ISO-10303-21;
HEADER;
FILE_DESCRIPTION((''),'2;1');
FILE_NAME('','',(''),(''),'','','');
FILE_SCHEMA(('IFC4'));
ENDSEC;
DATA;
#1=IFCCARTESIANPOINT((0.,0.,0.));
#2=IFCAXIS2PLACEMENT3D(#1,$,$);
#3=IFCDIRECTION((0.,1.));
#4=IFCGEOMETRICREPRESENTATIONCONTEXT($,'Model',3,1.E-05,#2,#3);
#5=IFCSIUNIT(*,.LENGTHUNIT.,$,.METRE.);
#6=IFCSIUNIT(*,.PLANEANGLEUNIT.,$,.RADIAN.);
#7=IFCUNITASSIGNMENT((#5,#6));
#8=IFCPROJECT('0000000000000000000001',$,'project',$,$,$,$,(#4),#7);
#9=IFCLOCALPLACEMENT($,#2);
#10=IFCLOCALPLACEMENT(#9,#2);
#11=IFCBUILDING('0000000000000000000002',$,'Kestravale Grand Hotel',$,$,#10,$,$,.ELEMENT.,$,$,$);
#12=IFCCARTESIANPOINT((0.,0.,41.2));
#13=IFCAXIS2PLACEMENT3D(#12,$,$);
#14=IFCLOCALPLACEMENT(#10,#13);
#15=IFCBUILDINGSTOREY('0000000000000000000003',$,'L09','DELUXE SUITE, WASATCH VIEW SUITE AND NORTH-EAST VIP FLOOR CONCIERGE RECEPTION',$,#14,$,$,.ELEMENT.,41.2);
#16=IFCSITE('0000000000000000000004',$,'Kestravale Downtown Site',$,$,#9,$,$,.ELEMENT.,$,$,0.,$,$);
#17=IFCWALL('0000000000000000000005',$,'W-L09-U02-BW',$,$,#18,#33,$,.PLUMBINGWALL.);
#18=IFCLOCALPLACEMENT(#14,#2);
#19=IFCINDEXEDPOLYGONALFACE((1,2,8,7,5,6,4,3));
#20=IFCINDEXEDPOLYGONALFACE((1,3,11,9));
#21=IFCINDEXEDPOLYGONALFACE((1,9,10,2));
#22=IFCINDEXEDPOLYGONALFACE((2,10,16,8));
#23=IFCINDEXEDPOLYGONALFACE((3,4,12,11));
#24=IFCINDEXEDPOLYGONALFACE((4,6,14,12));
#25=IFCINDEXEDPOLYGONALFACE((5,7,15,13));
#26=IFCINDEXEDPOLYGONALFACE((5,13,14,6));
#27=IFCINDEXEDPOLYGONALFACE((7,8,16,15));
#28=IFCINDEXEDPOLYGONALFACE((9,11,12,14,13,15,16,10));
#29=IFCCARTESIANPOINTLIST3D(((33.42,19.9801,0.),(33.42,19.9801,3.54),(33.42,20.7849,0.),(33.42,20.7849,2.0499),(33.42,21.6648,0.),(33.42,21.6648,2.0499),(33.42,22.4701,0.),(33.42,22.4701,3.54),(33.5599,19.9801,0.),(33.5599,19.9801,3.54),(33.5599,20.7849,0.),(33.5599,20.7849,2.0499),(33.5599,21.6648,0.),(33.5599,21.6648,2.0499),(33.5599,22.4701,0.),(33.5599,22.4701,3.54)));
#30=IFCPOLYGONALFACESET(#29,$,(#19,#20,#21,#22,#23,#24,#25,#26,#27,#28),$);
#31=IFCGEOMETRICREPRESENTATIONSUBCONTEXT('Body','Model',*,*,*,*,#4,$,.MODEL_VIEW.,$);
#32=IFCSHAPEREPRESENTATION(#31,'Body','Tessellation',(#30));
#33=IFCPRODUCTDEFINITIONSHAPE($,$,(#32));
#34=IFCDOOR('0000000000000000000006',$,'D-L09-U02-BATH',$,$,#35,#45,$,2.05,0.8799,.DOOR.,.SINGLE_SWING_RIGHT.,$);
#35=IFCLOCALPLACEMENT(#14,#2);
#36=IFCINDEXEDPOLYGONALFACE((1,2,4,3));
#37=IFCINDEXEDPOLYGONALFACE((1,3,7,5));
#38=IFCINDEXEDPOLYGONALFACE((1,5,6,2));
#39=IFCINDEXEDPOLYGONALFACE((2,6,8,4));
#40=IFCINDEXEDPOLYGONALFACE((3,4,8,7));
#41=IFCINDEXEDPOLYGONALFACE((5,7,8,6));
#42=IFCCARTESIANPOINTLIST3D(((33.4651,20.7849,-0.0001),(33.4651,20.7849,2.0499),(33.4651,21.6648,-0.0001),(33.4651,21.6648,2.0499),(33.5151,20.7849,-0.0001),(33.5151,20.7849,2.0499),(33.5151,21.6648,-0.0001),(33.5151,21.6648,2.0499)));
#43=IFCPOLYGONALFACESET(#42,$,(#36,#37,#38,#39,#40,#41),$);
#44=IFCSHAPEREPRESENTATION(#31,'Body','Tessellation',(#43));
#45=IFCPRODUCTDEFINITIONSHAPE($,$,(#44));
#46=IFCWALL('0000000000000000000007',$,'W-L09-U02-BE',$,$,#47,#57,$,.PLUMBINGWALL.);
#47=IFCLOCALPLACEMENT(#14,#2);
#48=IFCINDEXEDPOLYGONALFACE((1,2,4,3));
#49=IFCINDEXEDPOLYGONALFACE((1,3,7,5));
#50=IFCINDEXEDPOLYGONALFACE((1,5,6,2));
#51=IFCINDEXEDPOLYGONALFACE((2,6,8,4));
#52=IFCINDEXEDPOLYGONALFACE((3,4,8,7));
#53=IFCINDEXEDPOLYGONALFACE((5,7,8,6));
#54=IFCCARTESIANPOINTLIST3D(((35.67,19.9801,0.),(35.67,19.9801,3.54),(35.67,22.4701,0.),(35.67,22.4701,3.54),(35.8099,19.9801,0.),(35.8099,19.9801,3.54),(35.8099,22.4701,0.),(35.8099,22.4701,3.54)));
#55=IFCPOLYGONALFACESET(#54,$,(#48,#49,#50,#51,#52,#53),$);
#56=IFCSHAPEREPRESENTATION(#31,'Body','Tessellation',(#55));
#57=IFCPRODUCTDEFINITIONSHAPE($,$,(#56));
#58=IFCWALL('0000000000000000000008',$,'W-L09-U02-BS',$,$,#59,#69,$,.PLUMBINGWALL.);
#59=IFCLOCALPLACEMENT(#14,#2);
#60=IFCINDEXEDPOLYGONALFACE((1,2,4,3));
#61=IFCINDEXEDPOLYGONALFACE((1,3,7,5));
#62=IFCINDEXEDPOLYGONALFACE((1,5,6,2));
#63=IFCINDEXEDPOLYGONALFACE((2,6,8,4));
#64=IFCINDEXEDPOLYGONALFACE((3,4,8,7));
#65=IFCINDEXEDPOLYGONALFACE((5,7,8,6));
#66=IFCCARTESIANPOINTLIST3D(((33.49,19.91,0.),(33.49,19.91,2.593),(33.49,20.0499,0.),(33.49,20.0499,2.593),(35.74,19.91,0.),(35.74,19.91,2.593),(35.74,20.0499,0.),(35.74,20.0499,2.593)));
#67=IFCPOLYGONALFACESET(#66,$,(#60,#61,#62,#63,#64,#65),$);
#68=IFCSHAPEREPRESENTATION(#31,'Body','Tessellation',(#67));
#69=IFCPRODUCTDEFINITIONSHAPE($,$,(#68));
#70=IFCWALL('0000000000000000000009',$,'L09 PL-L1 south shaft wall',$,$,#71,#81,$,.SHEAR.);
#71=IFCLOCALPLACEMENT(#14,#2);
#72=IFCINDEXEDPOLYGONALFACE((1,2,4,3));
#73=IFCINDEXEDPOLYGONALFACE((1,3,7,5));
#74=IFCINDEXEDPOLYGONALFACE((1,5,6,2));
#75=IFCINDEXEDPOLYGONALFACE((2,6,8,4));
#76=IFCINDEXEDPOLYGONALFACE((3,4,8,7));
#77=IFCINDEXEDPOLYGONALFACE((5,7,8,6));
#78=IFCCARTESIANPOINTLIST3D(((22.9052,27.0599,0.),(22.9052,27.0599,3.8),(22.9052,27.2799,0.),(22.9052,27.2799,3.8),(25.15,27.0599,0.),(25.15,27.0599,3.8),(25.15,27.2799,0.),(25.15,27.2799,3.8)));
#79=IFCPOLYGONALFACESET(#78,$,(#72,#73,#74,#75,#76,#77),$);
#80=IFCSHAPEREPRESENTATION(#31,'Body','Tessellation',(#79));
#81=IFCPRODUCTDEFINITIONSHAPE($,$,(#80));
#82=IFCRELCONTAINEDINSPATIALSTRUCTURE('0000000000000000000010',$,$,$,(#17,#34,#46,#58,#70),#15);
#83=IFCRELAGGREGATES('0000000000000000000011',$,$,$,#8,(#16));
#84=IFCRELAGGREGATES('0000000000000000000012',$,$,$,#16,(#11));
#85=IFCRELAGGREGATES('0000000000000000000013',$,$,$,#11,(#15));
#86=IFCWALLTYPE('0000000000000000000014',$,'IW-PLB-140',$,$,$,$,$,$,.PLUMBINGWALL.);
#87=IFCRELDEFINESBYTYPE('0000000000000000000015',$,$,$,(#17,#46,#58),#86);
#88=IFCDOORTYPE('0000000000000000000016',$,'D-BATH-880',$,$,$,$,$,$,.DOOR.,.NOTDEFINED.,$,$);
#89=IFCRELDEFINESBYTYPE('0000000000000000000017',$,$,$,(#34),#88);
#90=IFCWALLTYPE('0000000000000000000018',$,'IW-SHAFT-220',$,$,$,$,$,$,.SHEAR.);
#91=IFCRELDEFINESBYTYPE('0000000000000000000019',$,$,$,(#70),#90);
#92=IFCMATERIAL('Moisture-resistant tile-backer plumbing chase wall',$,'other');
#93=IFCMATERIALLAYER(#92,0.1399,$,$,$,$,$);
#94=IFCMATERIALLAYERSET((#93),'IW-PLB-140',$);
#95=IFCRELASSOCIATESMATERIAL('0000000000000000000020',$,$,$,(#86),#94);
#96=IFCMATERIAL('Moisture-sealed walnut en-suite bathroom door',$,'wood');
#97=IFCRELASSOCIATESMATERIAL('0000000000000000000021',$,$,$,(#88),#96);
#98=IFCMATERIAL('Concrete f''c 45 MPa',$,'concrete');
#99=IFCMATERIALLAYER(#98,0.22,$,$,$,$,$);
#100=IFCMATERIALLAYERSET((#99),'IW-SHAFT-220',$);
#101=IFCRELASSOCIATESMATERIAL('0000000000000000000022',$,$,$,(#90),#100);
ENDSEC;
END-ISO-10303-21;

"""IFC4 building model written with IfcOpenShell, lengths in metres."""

from ifc_helpers import new_model, si_unit, direction, frame, frame_2d, origin, place, context, subcontext, project, spatial, rectangle, extrude, material, layer, layer_set, type_object, element, fill, save


model = new_model("IFC4")

# Units and contexts
model_context = context("Model", 3, precision=1e-05, world=origin(), true_north=direction((0.0, 1.0)))
body_context = subcontext(model_context, "Body", "Model", "MODEL_VIEW")
ifc_project = project(units=[si_unit("LENGTHUNIT", "METRE"), si_unit("PLANEANGLEUNIT", "RADIAN")], contexts=[model_context])

# Site, building, storey
site_placement = place(None, origin())
site = spatial("IfcSite", under=ifc_project, at=site_placement, Name="Kestravale Downtown Site", CompositionType="ELEMENT", RefElevation=0.0)
building_placement = place(site_placement, origin())
building = spatial("IfcBuilding", under=site, at=building_placement, Name="Kestravale Grand Hotel", CompositionType="ELEMENT")
storey_placement = place(building_placement, frame((0.0, 0.0, 41.2)))
storey = spatial("IfcBuildingStorey", under=building, at=storey_placement, Name="L09", Description="DELUXE SUITE, WASATCH VIEW SUITE AND NORTH-EAST VIP FLOOR CONCIERGE RECEPTION", CompositionType="ELEMENT", Elevation=41.2)

# Shared definitions
ifc_material_1 = material(Name="Moisture-resistant tile-backer plumbing chase wall", Category="other")
ifc_layer_1 = layer(ifc_material_1, 0.1399)
ifc_layer_set_1 = layer_set([ifc_layer_1], Name="IW-PLB-140")
wall_type_1 = type_object("IfcWallType", Name="IW-PLB-140", PredefinedType="PLUMBINGWALL", material=ifc_layer_set_1)
ifc_material_2 = material(Name="Moisture-sealed walnut en-suite bathroom door", Category="wood")
door_type_1 = type_object("IfcDoorType", Name="D-BATH-880", OperationType="NOTDEFINED", PredefinedType="DOOR", material=ifc_material_2)

# Wall, opening, door
wall_1_placement = place(storey_placement, frame((33.49, 19.98, 0.0), z_axis=(0.0, 0.0, 1.0), x_axis=(0.0, 1.0, 0.0)))
wall_1 = element("IfcWall", 1, at=wall_1_placement, inside=storey, type_object=wall_type_1, Name="W-L09-U02-BW", PredefinedType="PLUMBINGWALL", context=body_context, shape_type="SweptSolid", body=[
    extrude(rectangle(XDim=2.49, YDim=0.1399, at=frame_2d((1.2451, 0.0))), origin(), (0.0, 0.0, 1.0), 3.54),
])
opening_1_placement = place(wall_1_placement, frame((0.8049, 0.0, 0.0)))
opening_1 = element("IfcOpeningElement", 2, at=opening_1_placement, cuts=wall_1, PredefinedType="OPENING", context=body_context, shape_type="SweptSolid", body=[
    extrude(rectangle(XDim=0.8799, YDim=2.05, at=frame_2d((0.4399, 1.0249))), frame((0.0, 0.0798, 0.0), z_axis=(0.0, -1.0, 0.0), x_axis=(1.0, 0.0, 0.0)), (0.0, 0.0, 1.0), 0.1599),
])
door_1_placement = place(opening_1_placement, origin())
door_1 = element("IfcDoor", 3, at=door_1_placement, inside=storey, type_object=door_type_1, Name="D-L09-U02-BATH", OperationType="SINGLE_SWING_RIGHT", OverallHeight=2.05, OverallWidth=0.8799, PredefinedType="DOOR", context=body_context, shape_type="SweptSolid", body=[
    extrude(rectangle(XDim=0.8799, YDim=2.05, at=frame_2d((0.4399, 1.0249))), frame((0.0, 0.0249, 0.0), z_axis=(0.0, -1.0, 0.0), x_axis=(1.0, 0.0, 0.0)), (0.0, 0.0, 1.0), 0.05),
])
fill(opening_1, door_1)

# Walls
wall_2_placement = place(storey_placement, frame((35.74, 19.98, 0.0), z_axis=(0.0, 0.0, 1.0), x_axis=(0.0, 1.0, 0.0)))
element("IfcWall", 4, at=wall_2_placement, inside=storey, type_object=wall_type_1, Name="W-L09-U02-BE", PredefinedType="PLUMBINGWALL", context=body_context, shape_type="SweptSolid", body=[
    extrude(rectangle(XDim=2.49, YDim=0.1399, at=frame_2d((1.2451, 0.0))), origin(), (0.0, 0.0, 1.0), 3.54),
])
wall_3_placement = place(storey_placement, frame((33.49, 19.98, 0.0), z_axis=(0.0, 0.0, 1.0), x_axis=(1.0, 0.0, 0.0)))
element("IfcWall", 5, at=wall_3_placement, inside=storey, type_object=wall_type_1, Name="W-L09-U02-BS", PredefinedType="PLUMBINGWALL", context=body_context, shape_type="SweptSolid", body=[
    extrude(rectangle(XDim=2.25, YDim=0.1399, at=frame_2d((1.125, 0.0))), origin(), (0.0, 0.0, 1.0), 2.593),
])
ifc_material_3 = material(Name="Concrete f'c 45 MPa", Category="concrete")
ifc_layer_2 = layer(ifc_material_3, 0.22)
ifc_layer_set_2 = layer_set([ifc_layer_2], Name="IW-SHAFT-220")
wall_type_2 = type_object("IfcWallType", Name="IW-SHAFT-220", PredefinedType="SHEAR", material=ifc_layer_set_2)
wall_4_placement = place(storey_placement, frame((22.905, 27.1699, 0.0), z_axis=(0.0, 0.0, 1.0), x_axis=(1.0, 0.0, 0.0)))
element("IfcWall", 6, at=wall_4_placement, inside=storey, type_object=wall_type_2, Name="L09 PL-L1 south shaft wall", PredefinedType="SHEAR", context=body_context, shape_type="SweptSolid", body=[
    extrude(rectangle(XDim=2.2449, YDim=0.22, at=frame_2d((1.1226, 0.0))), origin(), (0.0, 0.0, 1.0), 3.8),
])

save(model, "model.ifc")
